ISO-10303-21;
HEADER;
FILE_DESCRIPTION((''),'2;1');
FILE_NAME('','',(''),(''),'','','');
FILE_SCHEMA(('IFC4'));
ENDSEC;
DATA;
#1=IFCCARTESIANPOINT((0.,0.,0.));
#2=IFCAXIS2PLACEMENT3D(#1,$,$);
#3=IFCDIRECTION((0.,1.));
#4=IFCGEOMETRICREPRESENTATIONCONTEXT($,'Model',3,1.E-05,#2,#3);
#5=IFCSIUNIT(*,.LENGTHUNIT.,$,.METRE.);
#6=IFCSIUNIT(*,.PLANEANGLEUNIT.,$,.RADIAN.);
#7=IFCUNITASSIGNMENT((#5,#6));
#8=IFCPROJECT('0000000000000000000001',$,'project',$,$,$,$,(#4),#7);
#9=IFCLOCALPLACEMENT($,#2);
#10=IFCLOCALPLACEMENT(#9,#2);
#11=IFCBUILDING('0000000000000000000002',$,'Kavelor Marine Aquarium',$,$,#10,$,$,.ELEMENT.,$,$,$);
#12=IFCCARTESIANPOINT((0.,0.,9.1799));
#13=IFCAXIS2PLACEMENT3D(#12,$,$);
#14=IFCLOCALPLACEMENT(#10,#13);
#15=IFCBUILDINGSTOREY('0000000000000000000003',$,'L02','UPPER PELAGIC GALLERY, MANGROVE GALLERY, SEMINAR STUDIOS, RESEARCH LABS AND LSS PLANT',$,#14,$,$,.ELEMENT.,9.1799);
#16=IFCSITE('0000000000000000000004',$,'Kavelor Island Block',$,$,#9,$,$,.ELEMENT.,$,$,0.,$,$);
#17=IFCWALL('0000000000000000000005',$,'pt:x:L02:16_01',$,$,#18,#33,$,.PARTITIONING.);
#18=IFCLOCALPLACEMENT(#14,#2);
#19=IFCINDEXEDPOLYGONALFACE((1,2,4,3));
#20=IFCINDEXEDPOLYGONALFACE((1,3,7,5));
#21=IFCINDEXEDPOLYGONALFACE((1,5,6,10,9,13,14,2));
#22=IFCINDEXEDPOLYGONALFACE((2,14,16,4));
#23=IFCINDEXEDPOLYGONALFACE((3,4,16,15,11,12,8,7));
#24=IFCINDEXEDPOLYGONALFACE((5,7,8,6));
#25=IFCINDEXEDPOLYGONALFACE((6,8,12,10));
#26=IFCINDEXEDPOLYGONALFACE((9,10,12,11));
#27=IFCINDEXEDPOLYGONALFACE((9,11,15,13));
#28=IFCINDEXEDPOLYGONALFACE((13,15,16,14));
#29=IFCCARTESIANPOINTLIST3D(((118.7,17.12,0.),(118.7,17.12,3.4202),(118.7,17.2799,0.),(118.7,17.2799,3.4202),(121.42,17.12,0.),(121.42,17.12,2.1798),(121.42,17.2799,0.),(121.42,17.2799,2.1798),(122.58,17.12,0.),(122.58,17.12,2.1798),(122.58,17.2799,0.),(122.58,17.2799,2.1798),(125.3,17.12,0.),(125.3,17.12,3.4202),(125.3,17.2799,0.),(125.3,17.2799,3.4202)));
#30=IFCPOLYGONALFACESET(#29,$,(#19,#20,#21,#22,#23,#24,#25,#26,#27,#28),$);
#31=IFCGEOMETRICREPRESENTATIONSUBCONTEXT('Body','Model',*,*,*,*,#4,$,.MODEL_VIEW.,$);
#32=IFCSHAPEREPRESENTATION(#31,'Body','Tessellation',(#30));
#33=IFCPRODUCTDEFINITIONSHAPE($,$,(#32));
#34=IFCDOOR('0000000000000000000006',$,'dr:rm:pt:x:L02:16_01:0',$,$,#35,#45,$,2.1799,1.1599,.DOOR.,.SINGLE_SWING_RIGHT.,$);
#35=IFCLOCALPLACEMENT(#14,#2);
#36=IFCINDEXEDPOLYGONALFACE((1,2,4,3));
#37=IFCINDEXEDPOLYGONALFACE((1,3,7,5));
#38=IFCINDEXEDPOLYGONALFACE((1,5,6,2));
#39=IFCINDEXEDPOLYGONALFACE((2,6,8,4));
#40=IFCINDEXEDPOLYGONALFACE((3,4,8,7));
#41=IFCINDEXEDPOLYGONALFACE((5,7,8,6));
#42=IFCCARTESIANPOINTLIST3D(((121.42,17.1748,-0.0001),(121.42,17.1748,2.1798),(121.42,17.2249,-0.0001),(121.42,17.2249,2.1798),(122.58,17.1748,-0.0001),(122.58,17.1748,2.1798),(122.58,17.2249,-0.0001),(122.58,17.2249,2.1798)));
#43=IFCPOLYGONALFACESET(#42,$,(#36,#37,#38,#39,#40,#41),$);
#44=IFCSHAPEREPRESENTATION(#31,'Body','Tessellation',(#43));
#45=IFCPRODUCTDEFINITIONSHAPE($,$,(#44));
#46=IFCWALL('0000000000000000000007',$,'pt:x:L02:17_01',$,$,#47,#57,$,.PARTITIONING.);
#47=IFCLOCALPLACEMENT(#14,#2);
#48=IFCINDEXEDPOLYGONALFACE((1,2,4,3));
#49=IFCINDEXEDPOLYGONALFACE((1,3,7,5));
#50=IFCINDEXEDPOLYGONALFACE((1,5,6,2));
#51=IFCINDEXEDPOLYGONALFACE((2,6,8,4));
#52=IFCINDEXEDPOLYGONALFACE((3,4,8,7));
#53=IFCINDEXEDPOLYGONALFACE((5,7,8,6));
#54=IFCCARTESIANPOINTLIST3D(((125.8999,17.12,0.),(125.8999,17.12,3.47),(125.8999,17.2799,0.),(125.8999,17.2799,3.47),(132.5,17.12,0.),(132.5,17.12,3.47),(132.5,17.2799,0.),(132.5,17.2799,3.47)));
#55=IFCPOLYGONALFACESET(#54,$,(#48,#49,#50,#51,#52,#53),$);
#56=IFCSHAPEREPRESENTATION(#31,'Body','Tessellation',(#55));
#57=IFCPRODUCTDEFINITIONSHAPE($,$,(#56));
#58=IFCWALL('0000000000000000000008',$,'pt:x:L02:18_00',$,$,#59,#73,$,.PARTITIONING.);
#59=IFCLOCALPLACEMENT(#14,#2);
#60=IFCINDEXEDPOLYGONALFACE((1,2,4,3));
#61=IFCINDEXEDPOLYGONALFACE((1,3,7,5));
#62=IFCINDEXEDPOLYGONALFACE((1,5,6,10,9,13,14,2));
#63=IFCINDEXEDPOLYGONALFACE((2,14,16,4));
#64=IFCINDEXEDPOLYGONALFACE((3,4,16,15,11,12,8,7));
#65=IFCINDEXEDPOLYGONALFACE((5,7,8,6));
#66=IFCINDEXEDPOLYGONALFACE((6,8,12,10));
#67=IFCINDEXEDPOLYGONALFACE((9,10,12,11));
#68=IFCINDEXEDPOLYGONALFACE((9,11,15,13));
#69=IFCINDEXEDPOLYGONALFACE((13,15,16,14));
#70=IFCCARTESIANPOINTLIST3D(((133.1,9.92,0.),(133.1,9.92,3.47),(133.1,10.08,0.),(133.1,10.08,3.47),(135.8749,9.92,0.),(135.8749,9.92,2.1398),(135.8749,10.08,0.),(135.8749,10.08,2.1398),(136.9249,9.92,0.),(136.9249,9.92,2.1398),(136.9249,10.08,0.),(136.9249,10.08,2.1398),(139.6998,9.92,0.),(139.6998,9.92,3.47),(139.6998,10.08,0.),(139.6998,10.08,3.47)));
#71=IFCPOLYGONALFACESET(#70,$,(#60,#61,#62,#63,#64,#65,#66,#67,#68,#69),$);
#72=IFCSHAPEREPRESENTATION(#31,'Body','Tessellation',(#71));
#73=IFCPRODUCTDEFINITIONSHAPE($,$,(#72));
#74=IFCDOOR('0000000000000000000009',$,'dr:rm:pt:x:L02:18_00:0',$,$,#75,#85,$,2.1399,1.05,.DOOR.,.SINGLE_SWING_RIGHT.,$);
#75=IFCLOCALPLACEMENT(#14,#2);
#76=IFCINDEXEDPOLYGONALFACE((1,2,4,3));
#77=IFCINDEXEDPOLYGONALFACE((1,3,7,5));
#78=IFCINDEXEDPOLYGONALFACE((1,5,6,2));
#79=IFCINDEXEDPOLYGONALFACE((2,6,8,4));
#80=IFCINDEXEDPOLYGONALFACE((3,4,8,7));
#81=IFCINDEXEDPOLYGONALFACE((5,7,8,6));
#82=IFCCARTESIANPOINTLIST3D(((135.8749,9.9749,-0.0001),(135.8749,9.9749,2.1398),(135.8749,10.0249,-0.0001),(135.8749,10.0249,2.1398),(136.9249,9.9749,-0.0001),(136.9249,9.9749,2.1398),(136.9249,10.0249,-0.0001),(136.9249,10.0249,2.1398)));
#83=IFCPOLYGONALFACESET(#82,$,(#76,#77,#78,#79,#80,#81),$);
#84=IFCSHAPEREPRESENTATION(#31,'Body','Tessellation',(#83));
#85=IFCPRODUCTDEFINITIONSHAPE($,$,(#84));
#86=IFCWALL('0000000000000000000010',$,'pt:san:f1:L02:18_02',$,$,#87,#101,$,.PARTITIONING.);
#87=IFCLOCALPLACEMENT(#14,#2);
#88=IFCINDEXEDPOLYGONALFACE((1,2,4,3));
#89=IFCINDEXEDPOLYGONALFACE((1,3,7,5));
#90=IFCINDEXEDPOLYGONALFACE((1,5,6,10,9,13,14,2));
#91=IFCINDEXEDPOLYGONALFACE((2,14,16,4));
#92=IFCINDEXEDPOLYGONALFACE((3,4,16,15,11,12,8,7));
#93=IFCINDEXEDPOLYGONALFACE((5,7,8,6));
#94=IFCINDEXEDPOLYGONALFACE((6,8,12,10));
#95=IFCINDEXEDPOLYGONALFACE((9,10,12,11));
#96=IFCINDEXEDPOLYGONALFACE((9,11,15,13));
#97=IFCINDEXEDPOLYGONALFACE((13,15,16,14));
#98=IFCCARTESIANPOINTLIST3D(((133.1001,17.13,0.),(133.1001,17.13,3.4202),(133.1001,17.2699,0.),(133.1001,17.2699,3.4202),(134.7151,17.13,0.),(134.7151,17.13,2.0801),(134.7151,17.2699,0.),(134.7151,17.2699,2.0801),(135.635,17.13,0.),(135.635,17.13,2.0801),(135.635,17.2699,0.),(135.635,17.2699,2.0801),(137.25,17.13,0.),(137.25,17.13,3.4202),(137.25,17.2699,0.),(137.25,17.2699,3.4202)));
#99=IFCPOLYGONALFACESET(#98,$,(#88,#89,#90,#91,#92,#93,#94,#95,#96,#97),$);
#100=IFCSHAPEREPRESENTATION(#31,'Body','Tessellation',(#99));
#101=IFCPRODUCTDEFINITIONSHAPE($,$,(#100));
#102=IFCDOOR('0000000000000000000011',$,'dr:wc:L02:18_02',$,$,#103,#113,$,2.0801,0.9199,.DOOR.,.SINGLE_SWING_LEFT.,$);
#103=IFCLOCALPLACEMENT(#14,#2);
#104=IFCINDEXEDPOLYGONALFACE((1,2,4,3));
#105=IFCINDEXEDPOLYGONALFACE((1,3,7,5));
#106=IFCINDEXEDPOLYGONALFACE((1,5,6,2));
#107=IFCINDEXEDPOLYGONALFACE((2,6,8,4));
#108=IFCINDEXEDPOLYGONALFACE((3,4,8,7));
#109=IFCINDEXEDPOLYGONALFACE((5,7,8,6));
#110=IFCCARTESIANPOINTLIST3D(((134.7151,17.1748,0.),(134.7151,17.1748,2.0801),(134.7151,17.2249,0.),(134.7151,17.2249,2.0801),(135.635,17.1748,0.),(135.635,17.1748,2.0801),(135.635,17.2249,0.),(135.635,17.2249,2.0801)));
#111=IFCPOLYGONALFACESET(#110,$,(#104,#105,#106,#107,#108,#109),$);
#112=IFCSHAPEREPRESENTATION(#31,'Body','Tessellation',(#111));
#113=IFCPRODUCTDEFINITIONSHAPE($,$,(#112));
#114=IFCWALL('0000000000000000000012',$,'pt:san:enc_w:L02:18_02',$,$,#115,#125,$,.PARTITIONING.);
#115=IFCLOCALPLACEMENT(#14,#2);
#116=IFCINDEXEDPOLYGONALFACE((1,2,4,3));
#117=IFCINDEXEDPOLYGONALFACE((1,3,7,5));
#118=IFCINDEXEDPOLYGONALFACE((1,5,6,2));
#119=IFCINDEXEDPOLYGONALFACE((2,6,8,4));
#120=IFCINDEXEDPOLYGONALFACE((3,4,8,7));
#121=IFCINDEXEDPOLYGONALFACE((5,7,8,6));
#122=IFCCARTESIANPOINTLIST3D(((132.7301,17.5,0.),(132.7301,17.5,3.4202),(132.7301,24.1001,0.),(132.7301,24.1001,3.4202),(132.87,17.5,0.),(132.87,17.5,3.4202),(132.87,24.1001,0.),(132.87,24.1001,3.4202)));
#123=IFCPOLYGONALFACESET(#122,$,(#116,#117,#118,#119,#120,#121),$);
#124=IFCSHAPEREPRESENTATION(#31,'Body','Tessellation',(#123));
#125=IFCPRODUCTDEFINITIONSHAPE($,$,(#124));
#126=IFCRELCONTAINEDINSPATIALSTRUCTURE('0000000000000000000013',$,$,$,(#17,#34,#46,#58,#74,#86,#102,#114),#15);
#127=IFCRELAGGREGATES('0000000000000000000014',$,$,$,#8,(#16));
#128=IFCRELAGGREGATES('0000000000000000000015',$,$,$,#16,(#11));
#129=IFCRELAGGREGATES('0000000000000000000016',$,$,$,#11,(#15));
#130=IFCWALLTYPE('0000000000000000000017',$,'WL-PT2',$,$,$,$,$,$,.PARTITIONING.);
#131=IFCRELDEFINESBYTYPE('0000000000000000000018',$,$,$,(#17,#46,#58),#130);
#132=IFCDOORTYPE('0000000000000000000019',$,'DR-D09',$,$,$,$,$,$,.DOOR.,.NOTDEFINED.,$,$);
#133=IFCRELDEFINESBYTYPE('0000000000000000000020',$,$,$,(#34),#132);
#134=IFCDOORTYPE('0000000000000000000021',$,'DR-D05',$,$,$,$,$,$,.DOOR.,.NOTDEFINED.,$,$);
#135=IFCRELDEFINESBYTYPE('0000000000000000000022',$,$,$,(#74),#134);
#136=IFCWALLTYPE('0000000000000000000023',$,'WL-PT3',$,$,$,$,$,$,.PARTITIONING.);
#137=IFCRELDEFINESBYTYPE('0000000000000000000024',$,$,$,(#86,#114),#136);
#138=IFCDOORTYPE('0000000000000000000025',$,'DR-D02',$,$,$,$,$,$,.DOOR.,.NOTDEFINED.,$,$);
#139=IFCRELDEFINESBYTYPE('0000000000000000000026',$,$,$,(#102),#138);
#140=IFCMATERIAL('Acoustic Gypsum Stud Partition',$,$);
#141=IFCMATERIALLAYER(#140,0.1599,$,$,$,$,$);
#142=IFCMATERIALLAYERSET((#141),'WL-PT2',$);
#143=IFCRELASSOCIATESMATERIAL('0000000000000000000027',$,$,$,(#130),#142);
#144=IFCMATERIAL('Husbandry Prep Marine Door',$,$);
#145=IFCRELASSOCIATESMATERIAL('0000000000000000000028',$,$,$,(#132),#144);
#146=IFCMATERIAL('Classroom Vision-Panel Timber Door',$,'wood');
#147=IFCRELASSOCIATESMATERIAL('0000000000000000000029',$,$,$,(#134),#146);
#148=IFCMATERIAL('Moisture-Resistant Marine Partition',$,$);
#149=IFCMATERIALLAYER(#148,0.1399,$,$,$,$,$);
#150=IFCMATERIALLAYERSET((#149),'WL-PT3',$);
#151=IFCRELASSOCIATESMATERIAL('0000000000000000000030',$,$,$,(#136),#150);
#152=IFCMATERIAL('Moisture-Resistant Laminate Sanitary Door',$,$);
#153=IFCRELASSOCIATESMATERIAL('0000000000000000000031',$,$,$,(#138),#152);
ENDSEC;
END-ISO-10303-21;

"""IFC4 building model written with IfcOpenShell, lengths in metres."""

from ifc_helpers import new_model, si_unit, direction, frame, frame_2d, origin, place, context, subcontext, project, spatial, rectangle, extrude, material, layer, layer_set, type_object, element, fill, save


model = new_model("IFC4")

# Units and contexts
model_context = context("Model", 3, precision=1e-05, world=origin(), true_north=direction((0.0, 1.0)))
body_context = subcontext(model_context, "Body", "Model", "MODEL_VIEW")
ifc_project = project(units=[si_unit("LENGTHUNIT", "METRE"), si_unit("PLANEANGLEUNIT", "RADIAN")], contexts=[model_context])

# Site, building, storey
site_placement = place(None, origin())
site = spatial("IfcSite", under=ifc_project, at=site_placement, Name="Kavelor Island Block", CompositionType="ELEMENT", RefElevation=0.0)
building_placement = place(site_placement, origin())
building = spatial("IfcBuilding", under=site, at=building_placement, Name="Kavelor Marine Aquarium", CompositionType="ELEMENT")
storey_placement = place(building_placement, frame((0.0, 0.0, 9.1799)))
storey = spatial("IfcBuildingStorey", under=building, at=storey_placement, Name="L02", Description="UPPER PELAGIC GALLERY, MANGROVE GALLERY, SEMINAR STUDIOS, RESEARCH LABS AND LSS PLANT", CompositionType="ELEMENT", Elevation=9.1799)

# Wall, opening, door
ifc_material_1 = material(Name="Acoustic Gypsum Stud Partition")
ifc_layer_1 = layer(ifc_material_1, 0.1599)
ifc_layer_set_1 = layer_set([ifc_layer_1], Name="WL-PT2")
wall_type_1 = type_object("IfcWallType", Name="WL-PT2", PredefinedType="PARTITIONING", material=ifc_layer_set_1)
wall_1_placement = place(storey_placement, frame((118.7, 17.2, 0.0), z_axis=(0.0, 0.0, 1.0), x_axis=(1.0, 0.0, 0.0)))
wall_1 = element("IfcWall", 1, at=wall_1_placement, inside=storey, type_object=wall_type_1, Name="pt:x:L02:16_01", PredefinedType="PARTITIONING", context=body_context, shape_type="SweptSolid", body=[
    extrude(rectangle(XDim=6.6001, YDim=0.1599, at=frame_2d((3.3, 0.0))), origin(), (0.0, 0.0, 1.0), 3.4202),
])
opening_1_placement = place(wall_1_placement, frame((2.72, 0.0, 0.0)))
opening_1 = element("IfcOpeningElement", 2, at=opening_1_placement, cuts=wall_1, PredefinedType="OPENING", context=body_context, shape_type="SweptSolid", body=[
    extrude(rectangle(XDim=1.1599, YDim=2.1799, at=frame_2d((0.5801, 1.0898))), frame((0.0, 0.0898, 0.0), z_axis=(0.0, -1.0, 0.0), x_axis=(1.0, 0.0, 0.0)), (0.0, 0.0, 1.0), 0.1799),
])
ifc_material_2 = material(Name="Husbandry Prep Marine Door")
door_type_1 = type_object("IfcDoorType", Name="DR-D09", OperationType="NOTDEFINED", PredefinedType="DOOR", material=ifc_material_2)
door_1_placement = place(opening_1_placement, origin())
door_1 = element("IfcDoor", 3, at=door_1_placement, inside=storey, type_object=door_type_1, Name="dr:rm:pt:x:L02:16_01:0", OperationType="SINGLE_SWING_RIGHT", OverallHeight=2.1799, OverallWidth=1.1599, PredefinedType="DOOR", context=body_context, shape_type="SweptSolid", body=[
    extrude(rectangle(XDim=1.1599, YDim=2.1799, at=frame_2d((0.5801, 1.0898))), frame((0.0, 0.0249, 0.0), z_axis=(0.0, -1.0, 0.0), x_axis=(1.0, 0.0, 0.0)), (0.0, 0.0, 1.0), 0.05),
])
fill(opening_1, door_1)

# Wall
wall_2_placement = place(storey_placement, frame((125.8999, 17.2, 0.0), z_axis=(0.0, 0.0, 1.0), x_axis=(1.0, 0.0, 0.0)))
element("IfcWall", 4, at=wall_2_placement, inside=storey, type_object=wall_type_1, Name="pt:x:L02:17_01", PredefinedType="PARTITIONING", context=body_context, shape_type="SweptSolid", body=[
    extrude(rectangle(XDim=6.6001, YDim=0.1599, at=frame_2d((3.3, 0.0))), origin(), (0.0, 0.0, 1.0), 3.47),
])

# Walls, openings, doors
wall_3_placement = place(storey_placement, frame((133.1001, 10.0, 0.0), z_axis=(0.0, 0.0, 1.0), x_axis=(1.0, 0.0, 0.0)))
wall_3 = element("IfcWall", 5, at=wall_3_placement, inside=storey, type_object=wall_type_1, Name="pt:x:L02:18_00", PredefinedType="PARTITIONING", context=body_context, shape_type="SweptSolid", body=[
    extrude(rectangle(XDim=6.5999, YDim=0.1599, at=frame_2d((3.2998, 0.0))), origin(), (0.0, 0.0, 1.0), 3.47),
])
opening_2_placement = place(wall_3_placement, frame((2.7749, 0.0, 0.0)))
opening_2 = element("IfcOpeningElement", 6, at=opening_2_placement, cuts=wall_3, PredefinedType="OPENING", context=body_context, shape_type="SweptSolid", body=[
    extrude(rectangle(XDim=1.05, YDim=2.1399, at=frame_2d((0.5249, 1.0698))), frame((0.0, 0.0898, 0.0), z_axis=(0.0, -1.0, 0.0), x_axis=(1.0, 0.0, 0.0)), (0.0, 0.0, 1.0), 0.1799),
])
ifc_material_3 = material(Name="Classroom Vision-Panel Timber Door", Category="wood")
door_type_2 = type_object("IfcDoorType", Name="DR-D05", OperationType="NOTDEFINED", PredefinedType="DOOR", material=ifc_material_3)
door_2_placement = place(opening_2_placement, origin())
door_2 = element("IfcDoor", 7, at=door_2_placement, inside=storey, type_object=door_type_2, Name="dr:rm:pt:x:L02:18_00:0", OperationType="SINGLE_SWING_RIGHT", OverallHeight=2.1399, OverallWidth=1.05, PredefinedType="DOOR", context=body_context, shape_type="SweptSolid", body=[
    extrude(rectangle(XDim=1.05, YDim=2.1399, at=frame_2d((0.5249, 1.0698))), frame((0.0, 0.0249, 0.0), z_axis=(0.0, -1.0, 0.0), x_axis=(1.0, 0.0, 0.0)), (0.0, 0.0, 1.0), 0.05),
])
fill(opening_2, door_2)
ifc_material_4 = material(Name="Moisture-Resistant Marine Partition")
ifc_layer_2 = layer(ifc_material_4, 0.1399)
ifc_layer_set_2 = layer_set([ifc_layer_2], Name="WL-PT3")
wall_type_2 = type_object("IfcWallType", Name="WL-PT3", PredefinedType="PARTITIONING", material=ifc_layer_set_2)
wall_4_placement = place(storey_placement, frame((133.1001, 17.2, 0.0), z_axis=(0.0, 0.0, 1.0), x_axis=(1.0, 0.0, 0.0)))
wall_4 = element("IfcWall", 8, at=wall_4_placement, inside=storey, type_object=wall_type_2, Name="pt:san:f1:L02:18_02", PredefinedType="PARTITIONING", context=body_context, shape_type="SweptSolid", body=[
    extrude(rectangle(XDim=4.1499, YDim=0.1399, at=frame_2d((2.075, 0.0))), origin(), (0.0, 0.0, 1.0), 3.4202),
])
opening_3_placement = place(wall_4_placement, frame((1.615, 0.0, 0.0)))
opening_3 = element("IfcOpeningElement", 9, at=opening_3_placement, cuts=wall_4, PredefinedType="OPENING", context=body_context, shape_type="SweptSolid", body=[
    extrude(rectangle(XDim=0.9199, YDim=2.0801, at=frame_2d((0.46, 1.04))), frame((0.0, 0.0798, 0.0), z_axis=(0.0, -1.0, 0.0), x_axis=(1.0, 0.0, 0.0)), (0.0, 0.0, 1.0), 0.1599),
])
ifc_material_5 = material(Name="Moisture-Resistant Laminate Sanitary Door")
door_type_3 = type_object("IfcDoorType", Name="DR-D02", OperationType="NOTDEFINED", PredefinedType="DOOR", material=ifc_material_5)
door_3_placement = place(opening_3_placement, origin())
door_3 = element("IfcDoor", 10, at=door_3_placement, inside=storey, type_object=door_type_3, Name="dr:wc:L02:18_02", OperationType="SINGLE_SWING_LEFT", OverallHeight=2.0801, OverallWidth=0.9199, PredefinedType="DOOR", context=body_context, shape_type="SweptSolid", body=[
    extrude(rectangle(XDim=0.9199, YDim=2.0801, at=frame_2d((0.46, 1.04))), frame((0.0, 0.0249, 0.0), z_axis=(0.0, -1.0, 0.0), x_axis=(1.0, 0.0, 0.0)), (0.0, 0.0, 1.0), 0.05),
])
fill(opening_3, door_3)

# Wall
wall_5_placement = place(storey_placement, frame((132.8, 17.5, 0.0), z_axis=(0.0, 0.0, 1.0), x_axis=(0.0, 1.0, 0.0)))
element("IfcWall", 11, at=wall_5_placement, inside=storey, type_object=wall_type_2, Name="pt:san:enc_w:L02:18_02", PredefinedType="PARTITIONING", context=body_context, shape_type="SweptSolid", body=[
    extrude(rectangle(XDim=6.6001, YDim=0.1399, at=frame_2d((3.3, 0.0))), origin(), (0.0, 0.0, 1.0), 3.4202),
])

save(model, "model.ifc")
